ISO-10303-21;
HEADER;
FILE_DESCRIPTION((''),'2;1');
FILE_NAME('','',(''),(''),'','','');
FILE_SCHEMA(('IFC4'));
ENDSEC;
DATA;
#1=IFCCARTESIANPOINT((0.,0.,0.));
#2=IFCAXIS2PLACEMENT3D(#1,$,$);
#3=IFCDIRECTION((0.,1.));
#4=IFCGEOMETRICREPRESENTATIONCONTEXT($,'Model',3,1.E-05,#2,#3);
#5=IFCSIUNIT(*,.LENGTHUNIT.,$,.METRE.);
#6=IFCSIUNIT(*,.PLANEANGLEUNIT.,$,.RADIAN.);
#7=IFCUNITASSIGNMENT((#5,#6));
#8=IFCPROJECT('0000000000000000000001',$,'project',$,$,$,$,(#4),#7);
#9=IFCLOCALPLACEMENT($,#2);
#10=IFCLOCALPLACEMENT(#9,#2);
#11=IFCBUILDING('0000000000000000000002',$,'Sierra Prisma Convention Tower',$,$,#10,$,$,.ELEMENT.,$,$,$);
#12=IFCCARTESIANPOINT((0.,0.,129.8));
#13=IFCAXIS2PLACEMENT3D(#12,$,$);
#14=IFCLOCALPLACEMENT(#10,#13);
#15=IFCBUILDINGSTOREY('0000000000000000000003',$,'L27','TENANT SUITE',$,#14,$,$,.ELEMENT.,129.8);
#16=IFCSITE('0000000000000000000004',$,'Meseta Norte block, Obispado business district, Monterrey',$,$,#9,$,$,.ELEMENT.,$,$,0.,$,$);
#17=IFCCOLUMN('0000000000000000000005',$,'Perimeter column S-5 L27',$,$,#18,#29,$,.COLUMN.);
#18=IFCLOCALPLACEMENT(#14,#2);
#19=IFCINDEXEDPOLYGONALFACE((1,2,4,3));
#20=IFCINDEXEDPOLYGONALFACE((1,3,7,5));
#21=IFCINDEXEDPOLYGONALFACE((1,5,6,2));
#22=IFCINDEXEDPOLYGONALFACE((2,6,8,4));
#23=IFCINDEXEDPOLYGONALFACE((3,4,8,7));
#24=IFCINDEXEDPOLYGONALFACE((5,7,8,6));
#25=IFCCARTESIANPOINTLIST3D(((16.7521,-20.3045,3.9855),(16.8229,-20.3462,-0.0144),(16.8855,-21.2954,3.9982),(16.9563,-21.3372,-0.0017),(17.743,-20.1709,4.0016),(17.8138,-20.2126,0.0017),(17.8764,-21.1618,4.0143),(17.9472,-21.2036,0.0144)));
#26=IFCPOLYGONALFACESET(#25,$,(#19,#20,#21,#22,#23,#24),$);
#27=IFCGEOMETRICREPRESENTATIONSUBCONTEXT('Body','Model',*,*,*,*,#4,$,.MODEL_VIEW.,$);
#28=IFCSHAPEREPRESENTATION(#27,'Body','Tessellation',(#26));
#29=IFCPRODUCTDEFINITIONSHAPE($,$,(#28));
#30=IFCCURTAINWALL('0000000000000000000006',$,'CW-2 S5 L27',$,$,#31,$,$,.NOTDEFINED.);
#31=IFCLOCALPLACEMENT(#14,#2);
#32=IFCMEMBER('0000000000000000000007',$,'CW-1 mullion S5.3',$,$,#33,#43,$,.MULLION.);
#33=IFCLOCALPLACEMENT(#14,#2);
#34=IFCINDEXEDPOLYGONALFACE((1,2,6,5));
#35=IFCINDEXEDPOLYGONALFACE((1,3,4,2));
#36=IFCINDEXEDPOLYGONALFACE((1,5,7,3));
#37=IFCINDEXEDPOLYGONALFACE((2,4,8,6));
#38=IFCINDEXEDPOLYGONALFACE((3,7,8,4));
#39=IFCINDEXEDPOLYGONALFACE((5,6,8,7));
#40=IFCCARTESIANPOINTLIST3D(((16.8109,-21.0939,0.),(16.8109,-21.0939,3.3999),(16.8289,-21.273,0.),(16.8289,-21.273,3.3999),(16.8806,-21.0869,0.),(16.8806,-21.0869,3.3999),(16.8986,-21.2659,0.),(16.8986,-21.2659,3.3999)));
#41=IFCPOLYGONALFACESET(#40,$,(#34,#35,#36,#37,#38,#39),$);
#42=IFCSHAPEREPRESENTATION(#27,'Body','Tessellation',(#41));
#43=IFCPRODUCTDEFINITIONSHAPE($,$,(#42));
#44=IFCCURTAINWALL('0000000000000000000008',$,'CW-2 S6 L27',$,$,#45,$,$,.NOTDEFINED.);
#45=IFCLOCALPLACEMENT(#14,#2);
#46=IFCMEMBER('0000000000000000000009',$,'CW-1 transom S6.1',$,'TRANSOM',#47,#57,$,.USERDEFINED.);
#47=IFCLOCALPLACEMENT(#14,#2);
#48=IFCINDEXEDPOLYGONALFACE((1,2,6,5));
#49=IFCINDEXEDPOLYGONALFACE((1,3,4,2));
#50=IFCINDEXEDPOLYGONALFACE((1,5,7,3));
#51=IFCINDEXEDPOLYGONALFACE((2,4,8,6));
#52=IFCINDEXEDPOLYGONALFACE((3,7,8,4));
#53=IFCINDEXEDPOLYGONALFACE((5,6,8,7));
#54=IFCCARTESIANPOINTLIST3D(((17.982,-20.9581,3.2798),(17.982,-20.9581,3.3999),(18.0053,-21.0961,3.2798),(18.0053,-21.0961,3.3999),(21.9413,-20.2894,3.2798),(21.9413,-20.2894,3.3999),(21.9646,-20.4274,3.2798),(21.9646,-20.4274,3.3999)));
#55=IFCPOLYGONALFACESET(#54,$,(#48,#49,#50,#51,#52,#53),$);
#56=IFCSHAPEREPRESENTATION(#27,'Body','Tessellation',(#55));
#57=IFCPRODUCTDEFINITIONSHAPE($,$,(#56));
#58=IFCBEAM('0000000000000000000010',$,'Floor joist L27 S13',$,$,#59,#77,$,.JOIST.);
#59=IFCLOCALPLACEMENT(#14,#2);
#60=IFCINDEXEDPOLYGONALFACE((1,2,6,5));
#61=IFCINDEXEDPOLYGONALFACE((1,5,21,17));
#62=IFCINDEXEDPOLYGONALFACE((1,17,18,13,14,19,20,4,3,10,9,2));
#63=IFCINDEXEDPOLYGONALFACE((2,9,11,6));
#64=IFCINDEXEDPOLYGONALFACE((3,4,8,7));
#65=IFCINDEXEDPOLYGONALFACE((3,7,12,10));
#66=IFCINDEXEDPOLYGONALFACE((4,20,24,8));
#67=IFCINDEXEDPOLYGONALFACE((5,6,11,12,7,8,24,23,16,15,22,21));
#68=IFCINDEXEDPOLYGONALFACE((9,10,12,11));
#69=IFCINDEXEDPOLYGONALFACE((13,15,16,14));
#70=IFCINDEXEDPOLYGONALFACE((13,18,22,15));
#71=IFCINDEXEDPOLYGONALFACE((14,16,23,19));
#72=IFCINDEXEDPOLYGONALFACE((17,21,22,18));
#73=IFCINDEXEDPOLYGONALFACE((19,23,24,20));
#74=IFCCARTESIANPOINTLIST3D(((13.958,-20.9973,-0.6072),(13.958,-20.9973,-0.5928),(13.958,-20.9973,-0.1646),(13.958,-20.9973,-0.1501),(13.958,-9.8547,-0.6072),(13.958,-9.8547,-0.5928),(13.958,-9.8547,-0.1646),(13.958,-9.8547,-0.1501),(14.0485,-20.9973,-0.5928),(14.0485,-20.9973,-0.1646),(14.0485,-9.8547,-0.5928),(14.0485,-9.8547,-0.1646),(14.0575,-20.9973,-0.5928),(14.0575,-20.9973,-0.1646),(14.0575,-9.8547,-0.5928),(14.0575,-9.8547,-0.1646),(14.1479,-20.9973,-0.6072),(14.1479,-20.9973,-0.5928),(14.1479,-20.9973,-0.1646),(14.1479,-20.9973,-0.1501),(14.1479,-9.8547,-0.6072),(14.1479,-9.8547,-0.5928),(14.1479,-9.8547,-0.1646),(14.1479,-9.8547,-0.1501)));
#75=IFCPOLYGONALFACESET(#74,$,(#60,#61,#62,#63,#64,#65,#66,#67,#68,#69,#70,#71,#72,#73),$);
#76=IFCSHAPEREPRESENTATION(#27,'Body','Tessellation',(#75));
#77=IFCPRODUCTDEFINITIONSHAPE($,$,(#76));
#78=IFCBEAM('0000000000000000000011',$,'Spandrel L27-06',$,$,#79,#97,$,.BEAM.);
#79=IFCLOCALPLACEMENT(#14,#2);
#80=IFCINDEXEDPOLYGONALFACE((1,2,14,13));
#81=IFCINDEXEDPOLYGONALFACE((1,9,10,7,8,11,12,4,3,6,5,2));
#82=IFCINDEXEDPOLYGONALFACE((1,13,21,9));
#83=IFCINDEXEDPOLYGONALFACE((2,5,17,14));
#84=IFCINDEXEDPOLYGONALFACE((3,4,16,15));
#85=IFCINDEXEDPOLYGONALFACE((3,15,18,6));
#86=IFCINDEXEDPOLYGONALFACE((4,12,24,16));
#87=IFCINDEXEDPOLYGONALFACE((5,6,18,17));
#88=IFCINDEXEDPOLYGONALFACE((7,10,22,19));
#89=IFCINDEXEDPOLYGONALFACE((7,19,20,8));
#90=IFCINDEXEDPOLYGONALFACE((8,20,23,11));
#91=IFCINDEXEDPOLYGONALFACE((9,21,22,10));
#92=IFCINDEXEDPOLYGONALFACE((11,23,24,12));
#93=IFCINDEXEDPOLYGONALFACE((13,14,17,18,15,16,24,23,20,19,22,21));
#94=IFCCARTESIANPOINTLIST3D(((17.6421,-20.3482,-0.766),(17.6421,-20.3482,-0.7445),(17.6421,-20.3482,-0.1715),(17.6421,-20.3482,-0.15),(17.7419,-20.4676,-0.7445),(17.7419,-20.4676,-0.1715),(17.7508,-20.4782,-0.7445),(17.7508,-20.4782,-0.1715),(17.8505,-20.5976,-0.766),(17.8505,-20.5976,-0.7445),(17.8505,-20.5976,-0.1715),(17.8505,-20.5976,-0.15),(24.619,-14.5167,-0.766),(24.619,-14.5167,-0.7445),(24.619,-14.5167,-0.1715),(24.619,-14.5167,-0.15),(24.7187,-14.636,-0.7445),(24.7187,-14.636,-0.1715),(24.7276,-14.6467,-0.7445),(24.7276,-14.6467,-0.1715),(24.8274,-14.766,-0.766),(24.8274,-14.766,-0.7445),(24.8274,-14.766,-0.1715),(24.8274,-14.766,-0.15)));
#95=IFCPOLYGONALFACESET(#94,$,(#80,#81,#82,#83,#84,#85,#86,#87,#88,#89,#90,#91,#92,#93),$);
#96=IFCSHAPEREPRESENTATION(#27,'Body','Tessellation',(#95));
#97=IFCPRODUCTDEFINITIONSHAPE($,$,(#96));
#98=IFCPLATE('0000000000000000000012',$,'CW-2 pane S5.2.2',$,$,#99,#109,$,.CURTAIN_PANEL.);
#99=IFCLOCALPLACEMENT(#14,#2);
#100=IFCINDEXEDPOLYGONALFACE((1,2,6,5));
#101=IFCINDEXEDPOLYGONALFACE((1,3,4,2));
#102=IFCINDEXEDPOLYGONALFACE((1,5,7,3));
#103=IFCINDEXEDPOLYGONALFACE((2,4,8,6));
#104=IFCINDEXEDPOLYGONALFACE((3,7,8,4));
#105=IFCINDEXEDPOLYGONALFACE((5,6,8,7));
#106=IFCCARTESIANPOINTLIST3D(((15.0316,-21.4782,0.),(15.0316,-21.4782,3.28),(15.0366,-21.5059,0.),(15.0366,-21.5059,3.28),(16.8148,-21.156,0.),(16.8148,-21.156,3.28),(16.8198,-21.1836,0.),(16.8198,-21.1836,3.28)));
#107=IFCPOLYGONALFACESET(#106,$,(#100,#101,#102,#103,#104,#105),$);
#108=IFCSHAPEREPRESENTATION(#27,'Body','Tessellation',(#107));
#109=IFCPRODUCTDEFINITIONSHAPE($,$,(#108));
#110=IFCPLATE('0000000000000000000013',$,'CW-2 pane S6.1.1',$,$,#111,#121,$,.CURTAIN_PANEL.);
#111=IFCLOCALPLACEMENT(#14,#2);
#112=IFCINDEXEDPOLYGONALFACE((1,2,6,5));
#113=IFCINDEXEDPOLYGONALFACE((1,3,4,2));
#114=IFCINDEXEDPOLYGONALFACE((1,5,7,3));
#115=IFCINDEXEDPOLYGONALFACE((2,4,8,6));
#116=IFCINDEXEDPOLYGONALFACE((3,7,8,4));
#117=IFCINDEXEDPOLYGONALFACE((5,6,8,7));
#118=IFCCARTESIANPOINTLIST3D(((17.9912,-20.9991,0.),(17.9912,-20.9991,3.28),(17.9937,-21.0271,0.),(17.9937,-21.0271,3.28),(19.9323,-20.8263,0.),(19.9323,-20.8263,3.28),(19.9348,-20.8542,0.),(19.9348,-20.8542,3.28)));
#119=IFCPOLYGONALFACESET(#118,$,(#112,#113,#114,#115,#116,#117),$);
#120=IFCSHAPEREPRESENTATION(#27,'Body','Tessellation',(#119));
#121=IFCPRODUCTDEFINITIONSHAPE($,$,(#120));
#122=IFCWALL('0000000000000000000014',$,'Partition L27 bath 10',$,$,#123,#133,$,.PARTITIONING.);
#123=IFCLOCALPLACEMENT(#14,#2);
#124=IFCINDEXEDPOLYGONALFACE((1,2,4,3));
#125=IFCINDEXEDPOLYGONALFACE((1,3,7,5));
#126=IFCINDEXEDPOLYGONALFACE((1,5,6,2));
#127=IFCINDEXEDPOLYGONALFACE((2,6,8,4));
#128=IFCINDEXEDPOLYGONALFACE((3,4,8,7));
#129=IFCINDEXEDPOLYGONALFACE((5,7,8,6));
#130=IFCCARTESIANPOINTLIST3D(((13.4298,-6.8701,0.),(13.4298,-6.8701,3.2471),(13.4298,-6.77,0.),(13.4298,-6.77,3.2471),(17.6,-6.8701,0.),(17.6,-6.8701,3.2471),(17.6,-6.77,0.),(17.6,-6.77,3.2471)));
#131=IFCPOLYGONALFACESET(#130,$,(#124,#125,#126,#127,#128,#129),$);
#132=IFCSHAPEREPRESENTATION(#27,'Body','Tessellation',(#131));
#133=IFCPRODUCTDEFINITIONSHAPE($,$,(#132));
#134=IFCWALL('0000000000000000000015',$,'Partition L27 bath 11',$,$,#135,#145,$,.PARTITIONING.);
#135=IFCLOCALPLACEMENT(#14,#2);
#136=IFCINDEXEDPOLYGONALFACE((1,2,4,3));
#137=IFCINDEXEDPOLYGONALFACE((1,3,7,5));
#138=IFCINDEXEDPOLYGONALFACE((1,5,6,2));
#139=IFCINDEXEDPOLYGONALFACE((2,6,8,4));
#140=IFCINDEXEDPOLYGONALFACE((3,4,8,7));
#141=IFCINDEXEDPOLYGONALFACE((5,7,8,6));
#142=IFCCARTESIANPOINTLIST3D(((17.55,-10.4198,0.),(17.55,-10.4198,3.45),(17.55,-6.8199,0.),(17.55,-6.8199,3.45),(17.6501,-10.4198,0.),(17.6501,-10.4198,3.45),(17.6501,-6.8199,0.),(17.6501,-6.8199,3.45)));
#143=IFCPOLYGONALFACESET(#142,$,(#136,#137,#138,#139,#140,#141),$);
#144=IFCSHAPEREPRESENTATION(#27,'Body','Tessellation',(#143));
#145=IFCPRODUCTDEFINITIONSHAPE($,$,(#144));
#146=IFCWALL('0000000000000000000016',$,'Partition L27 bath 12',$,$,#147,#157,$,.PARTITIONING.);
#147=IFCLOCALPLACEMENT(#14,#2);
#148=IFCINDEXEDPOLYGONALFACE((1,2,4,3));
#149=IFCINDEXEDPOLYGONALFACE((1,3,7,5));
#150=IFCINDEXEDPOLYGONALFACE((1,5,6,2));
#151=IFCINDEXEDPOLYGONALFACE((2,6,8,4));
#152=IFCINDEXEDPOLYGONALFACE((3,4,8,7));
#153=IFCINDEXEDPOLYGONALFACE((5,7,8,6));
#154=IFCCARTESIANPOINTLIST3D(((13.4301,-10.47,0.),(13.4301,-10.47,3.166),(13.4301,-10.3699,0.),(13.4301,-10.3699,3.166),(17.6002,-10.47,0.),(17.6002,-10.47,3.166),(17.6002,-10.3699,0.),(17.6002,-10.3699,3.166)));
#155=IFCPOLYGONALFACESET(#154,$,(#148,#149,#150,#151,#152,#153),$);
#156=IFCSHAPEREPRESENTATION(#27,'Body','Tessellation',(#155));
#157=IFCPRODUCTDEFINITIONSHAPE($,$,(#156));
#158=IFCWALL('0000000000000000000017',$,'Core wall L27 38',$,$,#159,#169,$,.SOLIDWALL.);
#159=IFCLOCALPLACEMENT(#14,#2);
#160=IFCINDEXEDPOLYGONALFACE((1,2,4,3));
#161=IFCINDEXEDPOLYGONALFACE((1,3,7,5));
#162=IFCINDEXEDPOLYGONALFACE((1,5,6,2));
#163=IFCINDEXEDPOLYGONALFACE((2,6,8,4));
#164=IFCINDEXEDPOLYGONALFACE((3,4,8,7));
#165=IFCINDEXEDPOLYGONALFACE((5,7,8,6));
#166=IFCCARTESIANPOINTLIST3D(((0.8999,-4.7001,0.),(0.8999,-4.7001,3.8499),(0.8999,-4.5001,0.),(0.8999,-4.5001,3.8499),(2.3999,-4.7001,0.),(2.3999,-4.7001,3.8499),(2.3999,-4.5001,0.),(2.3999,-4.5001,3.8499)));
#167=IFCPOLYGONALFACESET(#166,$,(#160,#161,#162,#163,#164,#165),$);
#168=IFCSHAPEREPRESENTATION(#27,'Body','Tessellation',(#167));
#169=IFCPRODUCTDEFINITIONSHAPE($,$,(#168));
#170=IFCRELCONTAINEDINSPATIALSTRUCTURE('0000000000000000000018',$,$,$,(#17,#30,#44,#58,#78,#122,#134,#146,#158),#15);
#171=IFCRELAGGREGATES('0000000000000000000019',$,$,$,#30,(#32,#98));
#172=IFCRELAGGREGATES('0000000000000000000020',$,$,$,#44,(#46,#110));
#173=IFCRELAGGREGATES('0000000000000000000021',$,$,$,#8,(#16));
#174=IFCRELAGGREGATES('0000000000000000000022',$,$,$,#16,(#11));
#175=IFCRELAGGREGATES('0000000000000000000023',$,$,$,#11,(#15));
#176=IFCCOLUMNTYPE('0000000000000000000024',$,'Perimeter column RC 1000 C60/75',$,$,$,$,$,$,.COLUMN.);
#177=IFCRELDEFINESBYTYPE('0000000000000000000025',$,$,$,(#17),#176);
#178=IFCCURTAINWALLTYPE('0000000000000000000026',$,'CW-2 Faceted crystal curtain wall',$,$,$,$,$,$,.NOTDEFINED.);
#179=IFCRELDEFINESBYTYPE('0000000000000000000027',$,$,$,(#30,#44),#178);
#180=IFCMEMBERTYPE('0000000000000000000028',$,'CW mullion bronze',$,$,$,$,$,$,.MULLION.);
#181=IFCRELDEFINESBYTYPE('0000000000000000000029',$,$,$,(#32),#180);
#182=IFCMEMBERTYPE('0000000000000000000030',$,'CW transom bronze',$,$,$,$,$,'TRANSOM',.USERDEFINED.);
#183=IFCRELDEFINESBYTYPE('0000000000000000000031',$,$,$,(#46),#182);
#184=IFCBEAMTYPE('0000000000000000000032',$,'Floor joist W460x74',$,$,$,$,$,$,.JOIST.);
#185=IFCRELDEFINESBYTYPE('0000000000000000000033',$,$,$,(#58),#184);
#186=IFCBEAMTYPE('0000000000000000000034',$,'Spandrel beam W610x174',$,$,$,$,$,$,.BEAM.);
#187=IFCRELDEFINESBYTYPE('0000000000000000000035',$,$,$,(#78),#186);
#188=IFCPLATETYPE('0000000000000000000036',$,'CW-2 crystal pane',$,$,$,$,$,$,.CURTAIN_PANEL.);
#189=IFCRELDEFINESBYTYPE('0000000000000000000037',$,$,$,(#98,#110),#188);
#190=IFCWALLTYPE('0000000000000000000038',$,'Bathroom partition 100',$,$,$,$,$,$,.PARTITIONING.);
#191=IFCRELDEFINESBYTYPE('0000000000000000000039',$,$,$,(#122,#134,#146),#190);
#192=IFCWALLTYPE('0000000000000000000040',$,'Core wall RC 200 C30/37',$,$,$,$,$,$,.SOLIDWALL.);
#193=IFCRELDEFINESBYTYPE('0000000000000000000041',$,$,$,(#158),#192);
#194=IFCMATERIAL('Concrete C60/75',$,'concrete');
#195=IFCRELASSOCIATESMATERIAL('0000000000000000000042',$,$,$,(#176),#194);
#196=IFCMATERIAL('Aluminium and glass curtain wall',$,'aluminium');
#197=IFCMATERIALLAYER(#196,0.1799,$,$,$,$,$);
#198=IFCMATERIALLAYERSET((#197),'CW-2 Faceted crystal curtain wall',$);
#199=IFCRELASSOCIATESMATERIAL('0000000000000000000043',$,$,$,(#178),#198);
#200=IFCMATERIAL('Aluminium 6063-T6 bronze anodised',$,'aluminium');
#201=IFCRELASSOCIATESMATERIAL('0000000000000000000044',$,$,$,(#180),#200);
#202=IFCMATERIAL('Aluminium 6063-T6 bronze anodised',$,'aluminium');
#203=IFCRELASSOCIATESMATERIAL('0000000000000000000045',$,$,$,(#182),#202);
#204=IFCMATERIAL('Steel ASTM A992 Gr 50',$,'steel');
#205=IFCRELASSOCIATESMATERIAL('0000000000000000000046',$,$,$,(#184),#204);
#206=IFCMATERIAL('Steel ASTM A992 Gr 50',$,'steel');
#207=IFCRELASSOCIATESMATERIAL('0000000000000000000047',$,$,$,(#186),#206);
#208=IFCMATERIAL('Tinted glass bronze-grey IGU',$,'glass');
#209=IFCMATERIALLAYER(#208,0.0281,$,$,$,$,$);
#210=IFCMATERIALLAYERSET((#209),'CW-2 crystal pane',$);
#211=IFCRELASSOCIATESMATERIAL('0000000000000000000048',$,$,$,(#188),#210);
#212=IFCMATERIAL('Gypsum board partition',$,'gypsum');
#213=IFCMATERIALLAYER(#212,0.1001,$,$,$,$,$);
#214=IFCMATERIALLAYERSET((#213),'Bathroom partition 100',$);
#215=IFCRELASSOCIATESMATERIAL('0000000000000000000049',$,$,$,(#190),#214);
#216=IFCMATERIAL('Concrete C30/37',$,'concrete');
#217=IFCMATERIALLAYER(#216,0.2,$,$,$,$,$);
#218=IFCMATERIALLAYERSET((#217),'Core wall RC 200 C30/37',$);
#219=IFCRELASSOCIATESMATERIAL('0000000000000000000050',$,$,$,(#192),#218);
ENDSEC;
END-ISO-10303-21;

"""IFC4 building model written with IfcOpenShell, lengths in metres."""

from ifc_helpers import new_model, si_unit, direction, frame, frame_2d, origin, origin_2d, place, context, subcontext, project, spatial, polyline, rectangle, i_section, outline, extrude, material, layer, layer_set, material_profile, profile_set, type_object, element, aggregate, save


model = new_model("IFC4")

# Units and contexts
model_context = context("Model", 3, precision=1e-05, world=origin(), true_north=direction((0.0, 1.0)))
body_context = subcontext(model_context, "Body", "Model", "MODEL_VIEW")
ifc_project = project(units=[si_unit("LENGTHUNIT", "METRE"), si_unit("PLANEANGLEUNIT", "RADIAN")], contexts=[model_context])

# Site, building, storey
site_placement = place(None, origin())
site = spatial("IfcSite", under=ifc_project, at=site_placement, Name="Meseta Norte block, Obispado business district, Monterrey", CompositionType="ELEMENT", RefElevation=0.0)
building_placement = place(site_placement, origin())
building = spatial("IfcBuilding", under=site, at=building_placement, Name="Sierra Prisma Convention Tower", CompositionType="ELEMENT")
storey_placement = place(building_placement, frame((0.0, 0.0, 129.8)))
storey = spatial("IfcBuildingStorey", under=building, at=storey_placement, Name="L27", Description="TENANT SUITE", CompositionType="ELEMENT", Elevation=129.8)

# Column
ifc_material_1 = material(Name="Concrete C60/75", Category="concrete")
ifc_material_profile_1 = material_profile(ifc_material_1, rectangle(XDim=1.0, YDim=1.0, at=origin_2d()), Name="Perimeter column RC 1000 C60/75")
ifc_profile_set_1 = profile_set([ifc_material_profile_1], Name="Concrete C60/75")
column_type = type_object("IfcColumnType", Name="Perimeter column RC 1000 C60/75", PredefinedType="COLUMN", material=ifc_profile_set_1)
column_placement = place(storey_placement, frame((17.385, -20.7749, 0.0), z_axis=(-0.017696, 0.010435, 0.999789), x_axis=(0.990904, 0.1336, 0.016145)))
element("IfcColumn", 1, at=column_placement, inside=storey, type_object=column_type, Name="Perimeter column S-5 L27", PredefinedType="COLUMN", context=body_context, shape_type="SweptSolid", body=[
    extrude(rectangle(XDim=1.0, YDim=1.0, at=origin_2d()), origin(), (0.0, 0.0, 1.0), 4.0007),
])

# Curtain walls, members
ifc_material_2 = material(Name="Aluminium and glass curtain wall", Category="aluminium")
ifc_layer_1 = layer(ifc_material_2, 0.1799)
ifc_layer_set_1 = layer_set([ifc_layer_1], Name="CW-2 Faceted crystal curtain wall")
curtain_wall_type = type_object("IfcCurtainWallType", Name="CW-2 Faceted crystal curtain wall", PredefinedType="NOTDEFINED", material=ifc_layer_set_1)
curtain_wall_1_placement = place(storey_placement, origin())
curtain_wall_1 = element("IfcCurtainWall", 2, at=curtain_wall_1_placement, inside=storey, type_object=curtain_wall_type, Name="CW-2 S5 L27", PredefinedType="NOTDEFINED")
ifc_material_3 = material(Name="Aluminium 6063-T6 bronze anodised", Category="aluminium")
ifc_material_profile_2 = material_profile(ifc_material_3, rectangle(XDim=0.1799, YDim=0.0701, at=origin_2d()), Name="ALU MULLION 70x180")
ifc_profile_set_2 = profile_set([ifc_material_profile_2], Name="Aluminium 6063-T6 bronze anodised")
member_type_1 = type_object("IfcMemberType", Name="CW mullion bronze", PredefinedType="MULLION", material=ifc_profile_set_2)
member_1_placement = place(storey_placement, frame((16.8547, -21.1799, 0.0), z_axis=(0.0, 0.0, 1.0), x_axis=(-0.100198, 0.994967, 0.0)))
member_1 = element("IfcMember", 3, at=member_1_placement, type_object=member_type_1, Name="CW-1 mullion S5.3", PredefinedType="MULLION", context=body_context, shape_type="SweptSolid", body=[
    extrude(rectangle(XDim=0.1799, YDim=0.0701, at=origin_2d()), origin(), (0.0, 0.0, 1.0), 3.3999),
])
curtain_wall_2_placement = place(storey_placement, origin())
curtain_wall_2 = element("IfcCurtainWall", 4, at=curtain_wall_2_placement, inside=storey, type_object=curtain_wall_type, Name="CW-2 S6 L27", PredefinedType="NOTDEFINED")
ifc_material_4 = material(Name="Aluminium 6063-T6 bronze anodised", Category="aluminium")
ifc_material_profile_3 = material_profile(ifc_material_4, rectangle(XDim=0.1399, YDim=0.1201, at=origin_2d()), Name="ALU TRANSOM 120x140")
ifc_profile_set_3 = profile_set([ifc_material_profile_3], Name="Aluminium 6063-T6 bronze anodised")
member_type_2 = type_object("IfcMemberType", Name="CW transom bronze", ElementType="TRANSOM", PredefinedType="USERDEFINED", material=ifc_profile_set_3)
member_2_placement = place(storey_placement, frame((17.9937, -21.0271, 3.3398), z_axis=(0.986035, 0.166538, 0.0), x_axis=(-0.166538, 0.986035, 0.0)))
member_2 = element("IfcMember", 5, at=member_2_placement, type_object=member_type_2, Name="CW-1 transom S6.1", ObjectType="TRANSOM", PredefinedType="USERDEFINED", context=body_context, shape_type="SweptSolid", body=[
    extrude(rectangle(XDim=0.1399, YDim=0.1201, at=origin_2d()), origin(), (0.0, 0.0, 1.0), 4.0154),
])

# Beams
ifc_material_5 = material(Name="Steel ASTM A992 Gr 50", Category="steel")
ifc_material_profile_4 = material_profile(ifc_material_5, i_section(OverallWidth=0.1899, OverallDepth=0.457, WebThickness=0.009, FlangeThickness=0.0144, at=origin_2d()), Name="W460x74")
ifc_profile_set_4 = profile_set([ifc_material_profile_4], Name="Steel ASTM A992 Gr 50")
beam_type_1 = type_object("IfcBeamType", Name="Floor joist W460x74", PredefinedType="JOIST", material=ifc_profile_set_4)
beam_1_placement = place(storey_placement, frame((14.053, -20.9973, -0.3787), z_axis=(0.0, 1.0, 0.0), x_axis=(-1.0, 0.0, 0.0)))
element("IfcBeam", 6, at=beam_1_placement, inside=storey, type_object=beam_type_1, Name="Floor joist L27 S13", PredefinedType="JOIST", context=body_context, shape_type="SweptSolid", body=[
    extrude(i_section(OverallWidth=0.1899, OverallDepth=0.457, WebThickness=0.009, FlangeThickness=0.0144, at=origin_2d()), origin(), (0.0, 0.0, 1.0), 11.1426),
])
ifc_material_6 = material(Name="Steel ASTM A992 Gr 50", Category="steel")
ifc_material_profile_5 = material_profile(ifc_material_6, i_section(OverallWidth=0.325, OverallDepth=0.616, WebThickness=0.0139, FlangeThickness=0.0215, at=origin_2d()), Name="W610x174")
ifc_profile_set_5 = profile_set([ifc_material_profile_5], Name="Steel ASTM A992 Gr 50")
beam_type_2 = type_object("IfcBeamType", Name="Spandrel beam W610x174", PredefinedType="BEAM", material=ifc_profile_set_5)
beam_2_placement = place(storey_placement, frame((17.7463, -20.4729, -0.458), z_axis=(0.767272, 0.641322, 0.0), x_axis=(-0.641322, 0.767272, 0.0)))
element("IfcBeam", 7, at=beam_2_placement, inside=storey, type_object=beam_type_2, Name="Spandrel L27-06", PredefinedType="BEAM", context=body_context, shape_type="SweptSolid", body=[
    extrude(i_section(OverallWidth=0.325, OverallDepth=0.616, WebThickness=0.0139, FlangeThickness=0.0215, at=origin_2d()), origin(), (0.0, 0.0, 1.0), 9.093),
])

# Plates
ifc_material_7 = material(Name="Tinted glass bronze-grey IGU", Category="glass")
ifc_layer_2 = layer(ifc_material_7, 0.0281)
ifc_layer_set_2 = layer_set([ifc_layer_2], Name="CW-2 crystal pane")
plate_type = type_object("IfcPlateType", Name="CW-2 crystal pane", PredefinedType="CURTAIN_PANEL", material=ifc_layer_set_2)
plate_1_placement = place(storey_placement, frame((16.8198, -21.1836, 0.0), z_axis=(0.177842, -0.984059, 0.0), x_axis=(-0.984059, -0.177842, 0.0)))
plate_1 = element("IfcPlate", 8, at=plate_1_placement, type_object=plate_type, Name="CW-2 pane S5.2.2", PredefinedType="CURTAIN_PANEL", context=body_context, shape_type="SweptSolid", body=[
    extrude(outline(polyline([(0.0, 0.0), (1.8121, 0.0), (1.8121, -3.28), (0.0, -3.28), (0.0, 0.0)])), origin(), (0.0, 0.0, -1.0), 0.0281),
])
aggregate(curtain_wall_1, [member_1, plate_1])
plate_2_placement = place(storey_placement, frame((17.9937, -21.0271, 0.0), z_axis=(0.088694, -0.996059, 0.0), x_axis=(0.996059, 0.088694, 0.0)))
plate_2 = element("IfcPlate", 9, at=plate_2_placement, type_object=plate_type, Name="CW-2 pane S6.1.1", PredefinedType="CURTAIN_PANEL", context=body_context, shape_type="SweptSolid", body=[
    extrude(outline(polyline([(0.0, 0.0), (1.9488, 0.0), (1.9488, 3.28), (0.0, 3.28), (0.0, 0.0)])), origin(), (0.0, 0.0, -1.0), 0.0281),
])
aggregate(curtain_wall_2, [member_2, plate_2])

# Walls
ifc_material_8 = material(Name="Gypsum board partition", Category="gypsum")
ifc_layer_3 = layer(ifc_material_8, 0.1001)
ifc_layer_set_3 = layer_set([ifc_layer_3], Name="Bathroom partition 100")
wall_type_1 = type_object("IfcWallType", Name="Bathroom partition 100", PredefinedType="PARTITIONING", material=ifc_layer_set_3)
wall_1_placement = place(storey_placement, frame((13.4299, -6.8201, 0.0), z_axis=(0.0, 0.0, 1.0), x_axis=(1.0, 0.0, 0.0)))
element("IfcWall", 10, at=wall_1_placement, inside=storey, type_object=wall_type_1, Name="Partition L27 bath 10", PredefinedType="PARTITIONING", context=body_context, shape_type="SweptSolid", body=[
    extrude(rectangle(XDim=4.1702, YDim=0.1001, at=frame_2d((2.085, 0.0))), origin(), (0.0, 0.0, 1.0), 3.2471),
])
wall_2_placement = place(storey_placement, frame((17.6001, -6.8201, 0.0), z_axis=(0.0, 0.0, 1.0), x_axis=(0.0, -1.0, 0.0)))
element("IfcWall", 11, at=wall_2_placement, inside=storey, type_object=wall_type_1, Name="Partition L27 bath 11", PredefinedType="PARTITIONING", context=body_context, shape_type="SweptSolid", body=[
    extrude(rectangle(XDim=3.5999, YDim=0.1001, at=frame_2d((1.7998, 0.0))), origin(), (0.0, 0.0, 1.0), 3.45),
])
wall_3_placement = place(storey_placement, frame((17.6001, -10.4199, 0.0), z_axis=(0.0, 0.0, 1.0), x_axis=(-1.0, 0.0, 0.0)))
element("IfcWall", 12, at=wall_3_placement, inside=storey, type_object=wall_type_1, Name="Partition L27 bath 12", PredefinedType="PARTITIONING", context=body_context, shape_type="SweptSolid", body=[
    extrude(rectangle(XDim=4.1702, YDim=0.1001, at=frame_2d((2.085, 0.0))), origin(), (0.0, 0.0, 1.0), 3.166),
])
ifc_material_9 = material(Name="Concrete C30/37", Category="concrete")
ifc_layer_4 = layer(ifc_material_9, 0.2)
ifc_layer_set_4 = layer_set([ifc_layer_4], Name="Core wall RC 200 C30/37")
wall_type_2 = type_object("IfcWallType", Name="Core wall RC 200 C30/37", PredefinedType="SOLIDWALL", material=ifc_layer_set_4)
wall_4_placement = place(storey_placement, frame((0.8999, -4.6001, 0.0), z_axis=(0.0, 0.0, 1.0), x_axis=(1.0, 0.0, 0.0)))
element("IfcWall", 13, at=wall_4_placement, inside=storey, type_object=wall_type_2, Name="Core wall L27 38", PredefinedType="SOLIDWALL", context=body_context, shape_type="SweptSolid", body=[
    extrude(rectangle(XDim=1.5, YDim=0.2, at=frame_2d((0.75, 0.0))), origin(), (0.0, 0.0, 1.0), 3.8499),
])

save(model, "model.ifc")
